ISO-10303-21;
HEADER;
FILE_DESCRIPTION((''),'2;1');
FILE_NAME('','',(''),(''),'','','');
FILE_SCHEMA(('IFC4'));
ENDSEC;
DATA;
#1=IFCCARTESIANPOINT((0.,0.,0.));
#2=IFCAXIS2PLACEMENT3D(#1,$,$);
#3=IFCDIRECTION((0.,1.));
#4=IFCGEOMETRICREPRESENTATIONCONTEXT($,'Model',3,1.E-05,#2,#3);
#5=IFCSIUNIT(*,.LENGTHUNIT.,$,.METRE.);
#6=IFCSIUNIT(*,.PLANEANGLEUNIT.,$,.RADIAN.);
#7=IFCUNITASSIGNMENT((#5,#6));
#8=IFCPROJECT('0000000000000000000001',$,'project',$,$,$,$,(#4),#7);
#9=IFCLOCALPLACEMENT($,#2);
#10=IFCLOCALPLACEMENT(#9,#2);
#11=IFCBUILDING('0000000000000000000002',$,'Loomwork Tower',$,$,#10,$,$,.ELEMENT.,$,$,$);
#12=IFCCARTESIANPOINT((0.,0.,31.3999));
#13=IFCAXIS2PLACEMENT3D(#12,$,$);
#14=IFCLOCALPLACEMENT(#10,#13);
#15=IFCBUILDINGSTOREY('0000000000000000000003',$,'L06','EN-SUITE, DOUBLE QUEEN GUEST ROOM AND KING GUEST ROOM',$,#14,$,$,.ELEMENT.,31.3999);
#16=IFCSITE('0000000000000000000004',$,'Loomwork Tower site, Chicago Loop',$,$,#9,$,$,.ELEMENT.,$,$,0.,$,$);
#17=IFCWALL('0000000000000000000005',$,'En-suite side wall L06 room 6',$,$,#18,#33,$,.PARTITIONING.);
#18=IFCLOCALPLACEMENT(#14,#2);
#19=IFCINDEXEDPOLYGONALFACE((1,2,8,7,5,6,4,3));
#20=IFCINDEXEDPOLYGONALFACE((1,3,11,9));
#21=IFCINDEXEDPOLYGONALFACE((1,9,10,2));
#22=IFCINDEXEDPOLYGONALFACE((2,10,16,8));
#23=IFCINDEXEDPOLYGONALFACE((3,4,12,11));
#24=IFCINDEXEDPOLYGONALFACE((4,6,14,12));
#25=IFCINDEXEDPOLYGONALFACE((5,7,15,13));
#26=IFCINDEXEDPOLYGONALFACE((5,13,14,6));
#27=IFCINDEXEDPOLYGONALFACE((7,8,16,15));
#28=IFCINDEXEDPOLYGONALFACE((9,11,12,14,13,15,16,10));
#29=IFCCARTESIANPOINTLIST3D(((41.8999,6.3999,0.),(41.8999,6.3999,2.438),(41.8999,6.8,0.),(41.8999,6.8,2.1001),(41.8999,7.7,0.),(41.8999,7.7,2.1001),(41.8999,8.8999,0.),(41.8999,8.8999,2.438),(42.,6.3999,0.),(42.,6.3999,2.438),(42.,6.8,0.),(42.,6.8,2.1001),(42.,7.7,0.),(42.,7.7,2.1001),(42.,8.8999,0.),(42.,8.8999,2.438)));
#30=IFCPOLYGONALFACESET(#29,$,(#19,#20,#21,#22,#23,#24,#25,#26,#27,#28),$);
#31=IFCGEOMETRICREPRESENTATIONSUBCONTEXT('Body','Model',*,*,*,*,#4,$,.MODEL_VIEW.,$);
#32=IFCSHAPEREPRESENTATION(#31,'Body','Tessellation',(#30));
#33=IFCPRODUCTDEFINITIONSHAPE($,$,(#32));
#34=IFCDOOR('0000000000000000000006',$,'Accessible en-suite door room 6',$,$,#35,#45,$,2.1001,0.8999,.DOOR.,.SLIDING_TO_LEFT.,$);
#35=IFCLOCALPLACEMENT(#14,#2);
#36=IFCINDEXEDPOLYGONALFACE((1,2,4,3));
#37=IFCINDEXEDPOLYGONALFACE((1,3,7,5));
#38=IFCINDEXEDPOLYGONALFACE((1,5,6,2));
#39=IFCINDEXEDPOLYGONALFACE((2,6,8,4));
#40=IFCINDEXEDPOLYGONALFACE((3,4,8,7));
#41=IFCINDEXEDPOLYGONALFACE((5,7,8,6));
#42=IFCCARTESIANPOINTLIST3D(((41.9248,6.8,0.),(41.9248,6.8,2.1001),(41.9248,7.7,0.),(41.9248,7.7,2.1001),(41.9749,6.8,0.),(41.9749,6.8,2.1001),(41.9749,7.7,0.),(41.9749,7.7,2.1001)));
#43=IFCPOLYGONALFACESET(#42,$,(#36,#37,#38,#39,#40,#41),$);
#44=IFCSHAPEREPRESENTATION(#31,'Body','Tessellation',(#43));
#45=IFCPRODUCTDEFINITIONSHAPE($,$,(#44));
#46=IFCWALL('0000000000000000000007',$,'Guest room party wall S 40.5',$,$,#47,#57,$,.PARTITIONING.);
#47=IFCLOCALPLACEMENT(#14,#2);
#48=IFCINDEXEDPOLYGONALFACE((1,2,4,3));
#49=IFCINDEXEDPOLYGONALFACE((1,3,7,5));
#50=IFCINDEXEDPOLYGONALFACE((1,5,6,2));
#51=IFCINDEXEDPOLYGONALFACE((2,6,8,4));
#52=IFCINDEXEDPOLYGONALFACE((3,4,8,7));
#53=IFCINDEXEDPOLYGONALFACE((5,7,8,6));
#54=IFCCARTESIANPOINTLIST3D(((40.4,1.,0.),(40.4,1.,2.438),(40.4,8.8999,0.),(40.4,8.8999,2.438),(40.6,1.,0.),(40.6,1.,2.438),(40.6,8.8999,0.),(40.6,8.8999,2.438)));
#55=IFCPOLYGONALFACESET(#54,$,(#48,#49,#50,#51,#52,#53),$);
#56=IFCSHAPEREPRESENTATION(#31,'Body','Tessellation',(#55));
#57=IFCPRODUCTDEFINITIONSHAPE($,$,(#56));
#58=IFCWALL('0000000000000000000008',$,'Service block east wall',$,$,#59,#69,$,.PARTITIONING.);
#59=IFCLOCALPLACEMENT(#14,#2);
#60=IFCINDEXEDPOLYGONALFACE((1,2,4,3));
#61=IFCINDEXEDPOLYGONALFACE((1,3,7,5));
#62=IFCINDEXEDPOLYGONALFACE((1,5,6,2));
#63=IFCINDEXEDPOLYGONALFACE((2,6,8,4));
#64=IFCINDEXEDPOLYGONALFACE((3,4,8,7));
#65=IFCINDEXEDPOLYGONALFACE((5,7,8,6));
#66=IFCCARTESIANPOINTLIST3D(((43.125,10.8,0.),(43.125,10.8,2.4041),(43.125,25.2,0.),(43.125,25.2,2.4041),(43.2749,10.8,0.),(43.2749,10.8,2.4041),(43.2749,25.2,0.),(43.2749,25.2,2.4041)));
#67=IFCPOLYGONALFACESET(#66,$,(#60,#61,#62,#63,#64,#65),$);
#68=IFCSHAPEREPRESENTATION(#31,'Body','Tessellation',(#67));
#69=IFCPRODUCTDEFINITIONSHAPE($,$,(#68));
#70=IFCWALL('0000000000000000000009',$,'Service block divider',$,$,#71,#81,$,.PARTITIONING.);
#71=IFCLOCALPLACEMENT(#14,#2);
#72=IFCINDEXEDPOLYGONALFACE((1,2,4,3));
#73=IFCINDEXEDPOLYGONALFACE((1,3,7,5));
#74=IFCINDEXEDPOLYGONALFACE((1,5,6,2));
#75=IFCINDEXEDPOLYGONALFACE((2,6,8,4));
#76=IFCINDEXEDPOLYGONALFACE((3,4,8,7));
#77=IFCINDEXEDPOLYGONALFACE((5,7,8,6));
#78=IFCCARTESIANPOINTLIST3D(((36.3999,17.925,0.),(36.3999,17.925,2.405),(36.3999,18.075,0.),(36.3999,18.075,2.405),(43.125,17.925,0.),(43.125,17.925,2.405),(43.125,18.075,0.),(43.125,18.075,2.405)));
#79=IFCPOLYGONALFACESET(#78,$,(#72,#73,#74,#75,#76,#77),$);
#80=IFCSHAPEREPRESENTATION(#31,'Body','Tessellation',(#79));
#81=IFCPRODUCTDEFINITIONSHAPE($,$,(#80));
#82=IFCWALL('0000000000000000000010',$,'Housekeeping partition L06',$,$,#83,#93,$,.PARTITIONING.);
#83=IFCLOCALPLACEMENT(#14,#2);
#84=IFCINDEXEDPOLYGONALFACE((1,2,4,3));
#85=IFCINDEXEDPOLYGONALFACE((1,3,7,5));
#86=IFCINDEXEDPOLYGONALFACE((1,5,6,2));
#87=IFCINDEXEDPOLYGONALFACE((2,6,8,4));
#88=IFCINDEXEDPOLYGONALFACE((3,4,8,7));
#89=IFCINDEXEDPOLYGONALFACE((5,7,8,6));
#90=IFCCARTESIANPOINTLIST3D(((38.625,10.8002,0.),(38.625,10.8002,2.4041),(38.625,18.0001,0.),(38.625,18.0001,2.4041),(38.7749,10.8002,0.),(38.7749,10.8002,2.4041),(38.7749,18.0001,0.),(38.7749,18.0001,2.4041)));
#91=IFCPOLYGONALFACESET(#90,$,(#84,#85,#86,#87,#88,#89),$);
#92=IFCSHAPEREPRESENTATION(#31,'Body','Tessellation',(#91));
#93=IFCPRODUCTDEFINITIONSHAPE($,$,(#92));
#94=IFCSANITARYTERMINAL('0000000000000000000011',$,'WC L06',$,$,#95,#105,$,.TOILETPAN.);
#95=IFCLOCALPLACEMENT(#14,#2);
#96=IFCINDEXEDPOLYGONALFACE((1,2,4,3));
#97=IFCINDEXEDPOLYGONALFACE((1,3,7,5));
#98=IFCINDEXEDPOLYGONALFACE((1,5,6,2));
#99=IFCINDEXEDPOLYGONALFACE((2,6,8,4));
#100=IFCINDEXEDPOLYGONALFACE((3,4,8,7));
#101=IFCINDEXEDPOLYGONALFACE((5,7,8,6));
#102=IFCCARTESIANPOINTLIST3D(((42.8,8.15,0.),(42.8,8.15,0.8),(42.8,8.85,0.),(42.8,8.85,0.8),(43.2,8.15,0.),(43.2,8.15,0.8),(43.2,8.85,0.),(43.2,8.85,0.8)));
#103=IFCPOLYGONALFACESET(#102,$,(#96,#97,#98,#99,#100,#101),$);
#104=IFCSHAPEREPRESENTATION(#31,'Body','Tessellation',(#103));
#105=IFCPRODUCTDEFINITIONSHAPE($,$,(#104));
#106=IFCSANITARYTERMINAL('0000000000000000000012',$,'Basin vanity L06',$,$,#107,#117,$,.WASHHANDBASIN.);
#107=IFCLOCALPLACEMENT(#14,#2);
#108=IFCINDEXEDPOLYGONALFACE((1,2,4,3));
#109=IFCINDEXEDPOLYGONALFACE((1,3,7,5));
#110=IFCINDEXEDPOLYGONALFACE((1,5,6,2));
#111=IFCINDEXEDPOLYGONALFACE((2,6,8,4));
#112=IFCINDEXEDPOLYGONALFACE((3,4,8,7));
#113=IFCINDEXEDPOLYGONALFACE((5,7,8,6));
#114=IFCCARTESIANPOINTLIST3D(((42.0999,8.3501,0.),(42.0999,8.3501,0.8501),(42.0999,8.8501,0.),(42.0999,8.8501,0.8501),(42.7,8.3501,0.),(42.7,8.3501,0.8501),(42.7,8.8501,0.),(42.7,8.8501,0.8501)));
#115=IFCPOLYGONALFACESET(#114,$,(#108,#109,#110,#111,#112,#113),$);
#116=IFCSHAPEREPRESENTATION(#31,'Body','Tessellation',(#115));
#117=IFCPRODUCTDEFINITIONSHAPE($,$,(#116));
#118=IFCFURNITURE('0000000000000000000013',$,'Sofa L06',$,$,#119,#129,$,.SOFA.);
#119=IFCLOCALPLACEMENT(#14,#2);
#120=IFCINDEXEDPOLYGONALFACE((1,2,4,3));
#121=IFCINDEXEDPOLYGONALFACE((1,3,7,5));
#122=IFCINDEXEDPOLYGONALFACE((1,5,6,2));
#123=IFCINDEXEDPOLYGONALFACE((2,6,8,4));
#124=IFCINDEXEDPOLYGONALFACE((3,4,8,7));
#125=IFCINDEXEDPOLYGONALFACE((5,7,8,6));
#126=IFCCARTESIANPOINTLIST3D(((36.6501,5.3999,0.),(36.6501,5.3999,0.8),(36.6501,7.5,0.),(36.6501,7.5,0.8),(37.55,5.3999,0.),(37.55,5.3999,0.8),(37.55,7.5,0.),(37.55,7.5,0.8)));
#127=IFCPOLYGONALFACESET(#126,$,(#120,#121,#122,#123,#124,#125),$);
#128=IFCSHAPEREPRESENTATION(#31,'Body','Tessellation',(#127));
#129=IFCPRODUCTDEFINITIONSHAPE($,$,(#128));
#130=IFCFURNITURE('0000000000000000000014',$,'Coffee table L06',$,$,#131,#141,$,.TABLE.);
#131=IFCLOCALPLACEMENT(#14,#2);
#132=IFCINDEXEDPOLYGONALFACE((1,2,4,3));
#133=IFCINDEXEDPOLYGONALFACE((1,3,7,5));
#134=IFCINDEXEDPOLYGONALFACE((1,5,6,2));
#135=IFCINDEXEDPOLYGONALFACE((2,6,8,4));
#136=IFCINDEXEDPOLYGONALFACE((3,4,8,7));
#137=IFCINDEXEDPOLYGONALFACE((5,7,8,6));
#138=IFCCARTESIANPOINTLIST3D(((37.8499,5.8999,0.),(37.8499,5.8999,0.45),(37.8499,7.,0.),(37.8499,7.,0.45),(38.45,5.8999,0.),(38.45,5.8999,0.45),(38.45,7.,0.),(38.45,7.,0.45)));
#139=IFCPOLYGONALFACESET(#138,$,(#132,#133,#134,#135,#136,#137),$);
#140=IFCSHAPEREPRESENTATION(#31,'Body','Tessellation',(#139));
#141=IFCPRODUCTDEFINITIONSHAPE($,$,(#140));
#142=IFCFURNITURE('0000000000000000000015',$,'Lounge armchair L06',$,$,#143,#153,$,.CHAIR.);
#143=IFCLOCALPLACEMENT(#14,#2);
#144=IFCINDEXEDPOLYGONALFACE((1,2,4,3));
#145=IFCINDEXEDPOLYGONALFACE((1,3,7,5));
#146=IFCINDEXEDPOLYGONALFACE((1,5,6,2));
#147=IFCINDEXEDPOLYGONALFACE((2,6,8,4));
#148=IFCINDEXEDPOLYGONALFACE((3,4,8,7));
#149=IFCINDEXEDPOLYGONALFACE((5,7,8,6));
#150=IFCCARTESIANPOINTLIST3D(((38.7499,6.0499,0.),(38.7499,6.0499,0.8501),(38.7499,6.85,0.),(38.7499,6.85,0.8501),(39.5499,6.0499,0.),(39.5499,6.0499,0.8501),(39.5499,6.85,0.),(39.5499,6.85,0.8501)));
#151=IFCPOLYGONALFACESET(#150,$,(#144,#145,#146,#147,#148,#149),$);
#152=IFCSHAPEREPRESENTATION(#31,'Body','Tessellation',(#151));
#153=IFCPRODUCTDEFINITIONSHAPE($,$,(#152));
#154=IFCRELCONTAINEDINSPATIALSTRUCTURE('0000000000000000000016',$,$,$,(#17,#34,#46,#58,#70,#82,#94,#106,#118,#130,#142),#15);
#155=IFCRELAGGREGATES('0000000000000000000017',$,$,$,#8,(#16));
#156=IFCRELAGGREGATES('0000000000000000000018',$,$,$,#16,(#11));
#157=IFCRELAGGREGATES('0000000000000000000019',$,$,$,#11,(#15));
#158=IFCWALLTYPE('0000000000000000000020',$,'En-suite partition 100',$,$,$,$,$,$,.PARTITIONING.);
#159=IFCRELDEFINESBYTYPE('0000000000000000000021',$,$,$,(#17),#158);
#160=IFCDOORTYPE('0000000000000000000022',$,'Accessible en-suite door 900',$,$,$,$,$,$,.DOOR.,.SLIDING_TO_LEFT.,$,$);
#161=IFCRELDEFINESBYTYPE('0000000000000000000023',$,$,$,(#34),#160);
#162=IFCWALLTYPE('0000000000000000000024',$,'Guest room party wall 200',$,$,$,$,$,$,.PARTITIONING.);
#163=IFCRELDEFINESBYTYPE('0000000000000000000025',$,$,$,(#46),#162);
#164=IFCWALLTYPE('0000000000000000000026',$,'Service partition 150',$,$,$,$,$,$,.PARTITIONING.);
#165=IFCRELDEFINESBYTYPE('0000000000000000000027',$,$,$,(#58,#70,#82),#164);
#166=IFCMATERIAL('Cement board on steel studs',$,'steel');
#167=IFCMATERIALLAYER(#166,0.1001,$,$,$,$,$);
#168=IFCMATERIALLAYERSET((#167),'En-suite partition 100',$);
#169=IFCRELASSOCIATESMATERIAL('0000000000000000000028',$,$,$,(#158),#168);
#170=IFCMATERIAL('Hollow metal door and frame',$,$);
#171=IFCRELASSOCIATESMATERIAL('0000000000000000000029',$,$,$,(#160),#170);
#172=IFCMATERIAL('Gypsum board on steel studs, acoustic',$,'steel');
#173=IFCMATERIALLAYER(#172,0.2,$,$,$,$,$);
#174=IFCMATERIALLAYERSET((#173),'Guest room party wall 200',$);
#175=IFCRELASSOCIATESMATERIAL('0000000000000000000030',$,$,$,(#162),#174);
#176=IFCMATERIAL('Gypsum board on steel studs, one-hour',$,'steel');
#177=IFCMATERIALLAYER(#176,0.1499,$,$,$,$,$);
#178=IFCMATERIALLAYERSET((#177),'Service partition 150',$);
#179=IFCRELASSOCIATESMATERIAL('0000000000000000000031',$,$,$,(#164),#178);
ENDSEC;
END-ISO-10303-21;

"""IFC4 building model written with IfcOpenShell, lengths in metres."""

from ifc_helpers import new_model, si_unit, direction, frame, frame_2d, origin, origin_2d, place, context, subcontext, project, spatial, rectangle, extrude, material, layer, layer_set, type_object, element, fill, save


model = new_model("IFC4")

# Units and contexts
model_context = context("Model", 3, precision=1e-05, world=origin(), true_north=direction((0.0, 1.0)))
body_context = subcontext(model_context, "Body", "Model", "MODEL_VIEW")
ifc_project = project(units=[si_unit("LENGTHUNIT", "METRE"), si_unit("PLANEANGLEUNIT", "RADIAN")], contexts=[model_context])

# Site, building, storey
site_placement = place(None, origin())
site = spatial("IfcSite", under=ifc_project, at=site_placement, Name="Loomwork Tower site, Chicago Loop", CompositionType="ELEMENT", RefElevation=0.0)
building_placement = place(site_placement, origin())
building = spatial("IfcBuilding", under=site, at=building_placement, Name="Loomwork Tower", CompositionType="ELEMENT")
storey_placement = place(building_placement, frame((0.0, 0.0, 31.3999)))
storey = spatial("IfcBuildingStorey", under=building, at=storey_placement, Name="L06", Description="EN-SUITE, DOUBLE QUEEN GUEST ROOM AND KING GUEST ROOM", CompositionType="ELEMENT", Elevation=31.3999)

# Shared definitions
ifc_material_1 = material(Name="Cement board on steel studs", Category="steel")
ifc_layer_1 = layer(ifc_material_1, 0.1001)
ifc_layer_set_1 = layer_set([ifc_layer_1], Name="En-suite partition 100")
wall_type_1 = type_object("IfcWallType", Name="En-suite partition 100", PredefinedType="PARTITIONING", material=ifc_layer_set_1)

# Wall, opening, door
wall_1_placement = place(storey_placement, frame((41.95, 8.8999, 0.0), z_axis=(0.0, 0.0, 1.0), x_axis=(0.0, -1.0, 0.0)))
wall_1 = element("IfcWall", 1, at=wall_1_placement, inside=storey, type_object=wall_type_1, Name="En-suite side wall L06 room 6", PredefinedType="PARTITIONING", context=body_context, shape_type="SweptSolid", body=[
    extrude(rectangle(XDim=2.5, YDim=0.1001, at=frame_2d((1.25, 0.0))), origin(), (0.0, 0.0, 1.0), 2.438),
])
opening_1_placement = place(wall_1_placement, frame((1.2, 0.0, 0.0)))
opening_1 = element("IfcOpeningElement", 2, at=opening_1_placement, cuts=wall_1, PredefinedType="OPENING", context=body_context, shape_type="SweptSolid", body=[
    extrude(rectangle(XDim=0.8999, YDim=2.1001, at=frame_2d((0.45, 1.05))), frame((0.0, 0.0601, 0.0), z_axis=(0.0, -1.0, 0.0), x_axis=(1.0, 0.0, 0.0)), (0.0, 0.0, 1.0), 0.1201),
])
ifc_material_2 = material(Name="Hollow metal door and frame")
door_type_1 = type_object("IfcDoorType", Name="Accessible en-suite door 900", OperationType="SLIDING_TO_LEFT", PredefinedType="DOOR", material=ifc_material_2)
door_1_placement = place(opening_1_placement, origin())
door_1 = element("IfcDoor", 3, at=door_1_placement, inside=storey, type_object=door_type_1, Name="Accessible en-suite door room 6", OperationType="SLIDING_TO_LEFT", OverallHeight=2.1001, OverallWidth=0.8999, PredefinedType="DOOR", context=body_context, shape_type="SweptSolid", body=[
    extrude(rectangle(XDim=0.8999, YDim=2.1001, at=frame_2d((0.45, 1.05))), frame((0.0, 0.0249, 0.0), z_axis=(0.0, -1.0, 0.0), x_axis=(1.0, 0.0, 0.0)), (0.0, 0.0, 1.0), 0.05),
])
fill(opening_1, door_1)

# Walls
ifc_material_3 = material(Name="Gypsum board on steel studs, acoustic", Category="steel")
ifc_layer_2 = layer(ifc_material_3, 0.2)
ifc_layer_set_2 = layer_set([ifc_layer_2], Name="Guest room party wall 200")
wall_type_2 = type_object("IfcWallType", Name="Guest room party wall 200", PredefinedType="PARTITIONING", material=ifc_layer_set_2)
wall_2_placement = place(storey_placement, frame((40.5, 8.8999, 0.0), z_axis=(0.0, 0.0, 1.0), x_axis=(0.0, -1.0, 0.0)))
element("IfcWall", 4, at=wall_2_placement, inside=storey, type_object=wall_type_2, Name="Guest room party wall S 40.5", PredefinedType="PARTITIONING", context=body_context, shape_type="SweptSolid", body=[
    extrude(rectangle(XDim=7.8999, YDim=0.2, at=frame_2d((3.95, 0.0))), origin(), (0.0, 0.0, 1.0), 2.438),
])
ifc_material_4 = material(Name="Gypsum board on steel studs, one-hour", Category="steel")
ifc_layer_3 = layer(ifc_material_4, 0.1499)
ifc_layer_set_3 = layer_set([ifc_layer_3], Name="Service partition 150")
wall_type_3 = type_object("IfcWallType", Name="Service partition 150", PredefinedType="PARTITIONING", material=ifc_layer_set_3)
wall_3_placement = place(storey_placement, frame((43.2, 10.8, 0.0), z_axis=(0.0, 0.0, 1.0), x_axis=(0.0, 1.0, 0.0)))
element("IfcWall", 5, at=wall_3_placement, inside=storey, type_object=wall_type_3, Name="Service block east wall", PredefinedType="PARTITIONING", context=body_context, shape_type="SweptSolid", body=[
    extrude(rectangle(XDim=14.3999, YDim=0.1499, at=frame_2d((7.2, 0.0))), origin(), (0.0, 0.0, 1.0), 2.4041),
])
wall_4_placement = place(storey_placement, frame((36.3999, 18.0, 0.0), z_axis=(0.0, 0.0, 1.0), x_axis=(1.0, 0.0, 0.0)))
element("IfcWall", 6, at=wall_4_placement, inside=storey, type_object=wall_type_3, Name="Service block divider", PredefinedType="PARTITIONING", context=body_context, shape_type="SweptSolid", body=[
    extrude(rectangle(XDim=6.7251, YDim=0.1499, at=frame_2d((3.3625, 0.0))), origin(), (0.0, 0.0, 1.0), 2.405),
])
wall_5_placement = place(storey_placement, frame((38.7, 10.8, 0.0), z_axis=(0.0, 0.0, 1.0), x_axis=(0.0, 1.0, 0.0)))
element("IfcWall", 7, at=wall_5_placement, inside=storey, type_object=wall_type_3, Name="Housekeeping partition L06", PredefinedType="PARTITIONING", context=body_context, shape_type="SweptSolid", body=[
    extrude(rectangle(XDim=7.2, YDim=0.1499, at=frame_2d((3.6001, 0.0))), origin(), (0.0, 0.0, 1.0), 2.4041),
])

# Sanitary terminals
sanitary_terminal_1_placement = place(storey_placement, frame((43.0, 8.5, 0.0), z_axis=(0.0, 0.0, 1.0), x_axis=(1.0, 0.0, 0.0)))
element("IfcSanitaryTerminal", 8, at=sanitary_terminal_1_placement, inside=storey, Name="WC L06", PredefinedType="TOILETPAN", context=body_context, shape_type="SweptSolid", body=[
    extrude(rectangle(XDim=0.3999, YDim=0.7, at=origin_2d()), origin(), (0.0, 0.0, 1.0), 0.8),
])
sanitary_terminal_2_placement = place(storey_placement, frame((42.3999, 8.6001, 0.0), z_axis=(0.0, 0.0, 1.0), x_axis=(1.0, 0.0, 0.0)))
element("IfcSanitaryTerminal", 9, at=sanitary_terminal_2_placement, inside=storey, Name="Basin vanity L06", PredefinedType="WASHHANDBASIN", context=body_context, shape_type="SweptSolid", body=[
    extrude(rectangle(XDim=0.6001, YDim=0.5, at=origin_2d()), origin(), (0.0, 0.0, 1.0), 0.8501),
])

# Furniture
furniture_1_placement = place(storey_placement, frame((37.1001, 6.45, 0.0), z_axis=(0.0, 0.0, 1.0), x_axis=(1.0, 0.0, 0.0)))
element("IfcFurniture", 10, at=furniture_1_placement, inside=storey, Name="Sofa L06", PredefinedType="SOFA", context=body_context, shape_type="SweptSolid", body=[
    extrude(rectangle(XDim=0.8999, YDim=2.1001, at=origin_2d()), origin(), (0.0, 0.0, 1.0), 0.8),
])
furniture_2_placement = place(storey_placement, frame((38.1499, 6.45, 0.0), z_axis=(0.0, 0.0, 1.0), x_axis=(1.0, 0.0, 0.0)))
element("IfcFurniture", 11, at=furniture_2_placement, inside=storey, Name="Coffee table L06", PredefinedType="TABLE", context=body_context, shape_type="SweptSolid", body=[
    extrude(rectangle(XDim=0.6001, YDim=1.1001, at=origin_2d()), origin(), (0.0, 0.0, 1.0), 0.45),
])
furniture_3_placement = place(storey_placement, frame((39.1499, 6.45, 0.0), z_axis=(0.0, 0.0, 1.0), x_axis=(1.0, 0.0, 0.0)))
element("IfcFurniture", 12, at=furniture_3_placement, inside=storey, Name="Lounge armchair L06", PredefinedType="CHAIR", context=body_context, shape_type="SweptSolid", body=[
    extrude(rectangle(XDim=0.8, YDim=0.8, at=origin_2d()), origin(), (0.0, 0.0, 1.0), 0.8501),
])

save(model, "model.ifc")
